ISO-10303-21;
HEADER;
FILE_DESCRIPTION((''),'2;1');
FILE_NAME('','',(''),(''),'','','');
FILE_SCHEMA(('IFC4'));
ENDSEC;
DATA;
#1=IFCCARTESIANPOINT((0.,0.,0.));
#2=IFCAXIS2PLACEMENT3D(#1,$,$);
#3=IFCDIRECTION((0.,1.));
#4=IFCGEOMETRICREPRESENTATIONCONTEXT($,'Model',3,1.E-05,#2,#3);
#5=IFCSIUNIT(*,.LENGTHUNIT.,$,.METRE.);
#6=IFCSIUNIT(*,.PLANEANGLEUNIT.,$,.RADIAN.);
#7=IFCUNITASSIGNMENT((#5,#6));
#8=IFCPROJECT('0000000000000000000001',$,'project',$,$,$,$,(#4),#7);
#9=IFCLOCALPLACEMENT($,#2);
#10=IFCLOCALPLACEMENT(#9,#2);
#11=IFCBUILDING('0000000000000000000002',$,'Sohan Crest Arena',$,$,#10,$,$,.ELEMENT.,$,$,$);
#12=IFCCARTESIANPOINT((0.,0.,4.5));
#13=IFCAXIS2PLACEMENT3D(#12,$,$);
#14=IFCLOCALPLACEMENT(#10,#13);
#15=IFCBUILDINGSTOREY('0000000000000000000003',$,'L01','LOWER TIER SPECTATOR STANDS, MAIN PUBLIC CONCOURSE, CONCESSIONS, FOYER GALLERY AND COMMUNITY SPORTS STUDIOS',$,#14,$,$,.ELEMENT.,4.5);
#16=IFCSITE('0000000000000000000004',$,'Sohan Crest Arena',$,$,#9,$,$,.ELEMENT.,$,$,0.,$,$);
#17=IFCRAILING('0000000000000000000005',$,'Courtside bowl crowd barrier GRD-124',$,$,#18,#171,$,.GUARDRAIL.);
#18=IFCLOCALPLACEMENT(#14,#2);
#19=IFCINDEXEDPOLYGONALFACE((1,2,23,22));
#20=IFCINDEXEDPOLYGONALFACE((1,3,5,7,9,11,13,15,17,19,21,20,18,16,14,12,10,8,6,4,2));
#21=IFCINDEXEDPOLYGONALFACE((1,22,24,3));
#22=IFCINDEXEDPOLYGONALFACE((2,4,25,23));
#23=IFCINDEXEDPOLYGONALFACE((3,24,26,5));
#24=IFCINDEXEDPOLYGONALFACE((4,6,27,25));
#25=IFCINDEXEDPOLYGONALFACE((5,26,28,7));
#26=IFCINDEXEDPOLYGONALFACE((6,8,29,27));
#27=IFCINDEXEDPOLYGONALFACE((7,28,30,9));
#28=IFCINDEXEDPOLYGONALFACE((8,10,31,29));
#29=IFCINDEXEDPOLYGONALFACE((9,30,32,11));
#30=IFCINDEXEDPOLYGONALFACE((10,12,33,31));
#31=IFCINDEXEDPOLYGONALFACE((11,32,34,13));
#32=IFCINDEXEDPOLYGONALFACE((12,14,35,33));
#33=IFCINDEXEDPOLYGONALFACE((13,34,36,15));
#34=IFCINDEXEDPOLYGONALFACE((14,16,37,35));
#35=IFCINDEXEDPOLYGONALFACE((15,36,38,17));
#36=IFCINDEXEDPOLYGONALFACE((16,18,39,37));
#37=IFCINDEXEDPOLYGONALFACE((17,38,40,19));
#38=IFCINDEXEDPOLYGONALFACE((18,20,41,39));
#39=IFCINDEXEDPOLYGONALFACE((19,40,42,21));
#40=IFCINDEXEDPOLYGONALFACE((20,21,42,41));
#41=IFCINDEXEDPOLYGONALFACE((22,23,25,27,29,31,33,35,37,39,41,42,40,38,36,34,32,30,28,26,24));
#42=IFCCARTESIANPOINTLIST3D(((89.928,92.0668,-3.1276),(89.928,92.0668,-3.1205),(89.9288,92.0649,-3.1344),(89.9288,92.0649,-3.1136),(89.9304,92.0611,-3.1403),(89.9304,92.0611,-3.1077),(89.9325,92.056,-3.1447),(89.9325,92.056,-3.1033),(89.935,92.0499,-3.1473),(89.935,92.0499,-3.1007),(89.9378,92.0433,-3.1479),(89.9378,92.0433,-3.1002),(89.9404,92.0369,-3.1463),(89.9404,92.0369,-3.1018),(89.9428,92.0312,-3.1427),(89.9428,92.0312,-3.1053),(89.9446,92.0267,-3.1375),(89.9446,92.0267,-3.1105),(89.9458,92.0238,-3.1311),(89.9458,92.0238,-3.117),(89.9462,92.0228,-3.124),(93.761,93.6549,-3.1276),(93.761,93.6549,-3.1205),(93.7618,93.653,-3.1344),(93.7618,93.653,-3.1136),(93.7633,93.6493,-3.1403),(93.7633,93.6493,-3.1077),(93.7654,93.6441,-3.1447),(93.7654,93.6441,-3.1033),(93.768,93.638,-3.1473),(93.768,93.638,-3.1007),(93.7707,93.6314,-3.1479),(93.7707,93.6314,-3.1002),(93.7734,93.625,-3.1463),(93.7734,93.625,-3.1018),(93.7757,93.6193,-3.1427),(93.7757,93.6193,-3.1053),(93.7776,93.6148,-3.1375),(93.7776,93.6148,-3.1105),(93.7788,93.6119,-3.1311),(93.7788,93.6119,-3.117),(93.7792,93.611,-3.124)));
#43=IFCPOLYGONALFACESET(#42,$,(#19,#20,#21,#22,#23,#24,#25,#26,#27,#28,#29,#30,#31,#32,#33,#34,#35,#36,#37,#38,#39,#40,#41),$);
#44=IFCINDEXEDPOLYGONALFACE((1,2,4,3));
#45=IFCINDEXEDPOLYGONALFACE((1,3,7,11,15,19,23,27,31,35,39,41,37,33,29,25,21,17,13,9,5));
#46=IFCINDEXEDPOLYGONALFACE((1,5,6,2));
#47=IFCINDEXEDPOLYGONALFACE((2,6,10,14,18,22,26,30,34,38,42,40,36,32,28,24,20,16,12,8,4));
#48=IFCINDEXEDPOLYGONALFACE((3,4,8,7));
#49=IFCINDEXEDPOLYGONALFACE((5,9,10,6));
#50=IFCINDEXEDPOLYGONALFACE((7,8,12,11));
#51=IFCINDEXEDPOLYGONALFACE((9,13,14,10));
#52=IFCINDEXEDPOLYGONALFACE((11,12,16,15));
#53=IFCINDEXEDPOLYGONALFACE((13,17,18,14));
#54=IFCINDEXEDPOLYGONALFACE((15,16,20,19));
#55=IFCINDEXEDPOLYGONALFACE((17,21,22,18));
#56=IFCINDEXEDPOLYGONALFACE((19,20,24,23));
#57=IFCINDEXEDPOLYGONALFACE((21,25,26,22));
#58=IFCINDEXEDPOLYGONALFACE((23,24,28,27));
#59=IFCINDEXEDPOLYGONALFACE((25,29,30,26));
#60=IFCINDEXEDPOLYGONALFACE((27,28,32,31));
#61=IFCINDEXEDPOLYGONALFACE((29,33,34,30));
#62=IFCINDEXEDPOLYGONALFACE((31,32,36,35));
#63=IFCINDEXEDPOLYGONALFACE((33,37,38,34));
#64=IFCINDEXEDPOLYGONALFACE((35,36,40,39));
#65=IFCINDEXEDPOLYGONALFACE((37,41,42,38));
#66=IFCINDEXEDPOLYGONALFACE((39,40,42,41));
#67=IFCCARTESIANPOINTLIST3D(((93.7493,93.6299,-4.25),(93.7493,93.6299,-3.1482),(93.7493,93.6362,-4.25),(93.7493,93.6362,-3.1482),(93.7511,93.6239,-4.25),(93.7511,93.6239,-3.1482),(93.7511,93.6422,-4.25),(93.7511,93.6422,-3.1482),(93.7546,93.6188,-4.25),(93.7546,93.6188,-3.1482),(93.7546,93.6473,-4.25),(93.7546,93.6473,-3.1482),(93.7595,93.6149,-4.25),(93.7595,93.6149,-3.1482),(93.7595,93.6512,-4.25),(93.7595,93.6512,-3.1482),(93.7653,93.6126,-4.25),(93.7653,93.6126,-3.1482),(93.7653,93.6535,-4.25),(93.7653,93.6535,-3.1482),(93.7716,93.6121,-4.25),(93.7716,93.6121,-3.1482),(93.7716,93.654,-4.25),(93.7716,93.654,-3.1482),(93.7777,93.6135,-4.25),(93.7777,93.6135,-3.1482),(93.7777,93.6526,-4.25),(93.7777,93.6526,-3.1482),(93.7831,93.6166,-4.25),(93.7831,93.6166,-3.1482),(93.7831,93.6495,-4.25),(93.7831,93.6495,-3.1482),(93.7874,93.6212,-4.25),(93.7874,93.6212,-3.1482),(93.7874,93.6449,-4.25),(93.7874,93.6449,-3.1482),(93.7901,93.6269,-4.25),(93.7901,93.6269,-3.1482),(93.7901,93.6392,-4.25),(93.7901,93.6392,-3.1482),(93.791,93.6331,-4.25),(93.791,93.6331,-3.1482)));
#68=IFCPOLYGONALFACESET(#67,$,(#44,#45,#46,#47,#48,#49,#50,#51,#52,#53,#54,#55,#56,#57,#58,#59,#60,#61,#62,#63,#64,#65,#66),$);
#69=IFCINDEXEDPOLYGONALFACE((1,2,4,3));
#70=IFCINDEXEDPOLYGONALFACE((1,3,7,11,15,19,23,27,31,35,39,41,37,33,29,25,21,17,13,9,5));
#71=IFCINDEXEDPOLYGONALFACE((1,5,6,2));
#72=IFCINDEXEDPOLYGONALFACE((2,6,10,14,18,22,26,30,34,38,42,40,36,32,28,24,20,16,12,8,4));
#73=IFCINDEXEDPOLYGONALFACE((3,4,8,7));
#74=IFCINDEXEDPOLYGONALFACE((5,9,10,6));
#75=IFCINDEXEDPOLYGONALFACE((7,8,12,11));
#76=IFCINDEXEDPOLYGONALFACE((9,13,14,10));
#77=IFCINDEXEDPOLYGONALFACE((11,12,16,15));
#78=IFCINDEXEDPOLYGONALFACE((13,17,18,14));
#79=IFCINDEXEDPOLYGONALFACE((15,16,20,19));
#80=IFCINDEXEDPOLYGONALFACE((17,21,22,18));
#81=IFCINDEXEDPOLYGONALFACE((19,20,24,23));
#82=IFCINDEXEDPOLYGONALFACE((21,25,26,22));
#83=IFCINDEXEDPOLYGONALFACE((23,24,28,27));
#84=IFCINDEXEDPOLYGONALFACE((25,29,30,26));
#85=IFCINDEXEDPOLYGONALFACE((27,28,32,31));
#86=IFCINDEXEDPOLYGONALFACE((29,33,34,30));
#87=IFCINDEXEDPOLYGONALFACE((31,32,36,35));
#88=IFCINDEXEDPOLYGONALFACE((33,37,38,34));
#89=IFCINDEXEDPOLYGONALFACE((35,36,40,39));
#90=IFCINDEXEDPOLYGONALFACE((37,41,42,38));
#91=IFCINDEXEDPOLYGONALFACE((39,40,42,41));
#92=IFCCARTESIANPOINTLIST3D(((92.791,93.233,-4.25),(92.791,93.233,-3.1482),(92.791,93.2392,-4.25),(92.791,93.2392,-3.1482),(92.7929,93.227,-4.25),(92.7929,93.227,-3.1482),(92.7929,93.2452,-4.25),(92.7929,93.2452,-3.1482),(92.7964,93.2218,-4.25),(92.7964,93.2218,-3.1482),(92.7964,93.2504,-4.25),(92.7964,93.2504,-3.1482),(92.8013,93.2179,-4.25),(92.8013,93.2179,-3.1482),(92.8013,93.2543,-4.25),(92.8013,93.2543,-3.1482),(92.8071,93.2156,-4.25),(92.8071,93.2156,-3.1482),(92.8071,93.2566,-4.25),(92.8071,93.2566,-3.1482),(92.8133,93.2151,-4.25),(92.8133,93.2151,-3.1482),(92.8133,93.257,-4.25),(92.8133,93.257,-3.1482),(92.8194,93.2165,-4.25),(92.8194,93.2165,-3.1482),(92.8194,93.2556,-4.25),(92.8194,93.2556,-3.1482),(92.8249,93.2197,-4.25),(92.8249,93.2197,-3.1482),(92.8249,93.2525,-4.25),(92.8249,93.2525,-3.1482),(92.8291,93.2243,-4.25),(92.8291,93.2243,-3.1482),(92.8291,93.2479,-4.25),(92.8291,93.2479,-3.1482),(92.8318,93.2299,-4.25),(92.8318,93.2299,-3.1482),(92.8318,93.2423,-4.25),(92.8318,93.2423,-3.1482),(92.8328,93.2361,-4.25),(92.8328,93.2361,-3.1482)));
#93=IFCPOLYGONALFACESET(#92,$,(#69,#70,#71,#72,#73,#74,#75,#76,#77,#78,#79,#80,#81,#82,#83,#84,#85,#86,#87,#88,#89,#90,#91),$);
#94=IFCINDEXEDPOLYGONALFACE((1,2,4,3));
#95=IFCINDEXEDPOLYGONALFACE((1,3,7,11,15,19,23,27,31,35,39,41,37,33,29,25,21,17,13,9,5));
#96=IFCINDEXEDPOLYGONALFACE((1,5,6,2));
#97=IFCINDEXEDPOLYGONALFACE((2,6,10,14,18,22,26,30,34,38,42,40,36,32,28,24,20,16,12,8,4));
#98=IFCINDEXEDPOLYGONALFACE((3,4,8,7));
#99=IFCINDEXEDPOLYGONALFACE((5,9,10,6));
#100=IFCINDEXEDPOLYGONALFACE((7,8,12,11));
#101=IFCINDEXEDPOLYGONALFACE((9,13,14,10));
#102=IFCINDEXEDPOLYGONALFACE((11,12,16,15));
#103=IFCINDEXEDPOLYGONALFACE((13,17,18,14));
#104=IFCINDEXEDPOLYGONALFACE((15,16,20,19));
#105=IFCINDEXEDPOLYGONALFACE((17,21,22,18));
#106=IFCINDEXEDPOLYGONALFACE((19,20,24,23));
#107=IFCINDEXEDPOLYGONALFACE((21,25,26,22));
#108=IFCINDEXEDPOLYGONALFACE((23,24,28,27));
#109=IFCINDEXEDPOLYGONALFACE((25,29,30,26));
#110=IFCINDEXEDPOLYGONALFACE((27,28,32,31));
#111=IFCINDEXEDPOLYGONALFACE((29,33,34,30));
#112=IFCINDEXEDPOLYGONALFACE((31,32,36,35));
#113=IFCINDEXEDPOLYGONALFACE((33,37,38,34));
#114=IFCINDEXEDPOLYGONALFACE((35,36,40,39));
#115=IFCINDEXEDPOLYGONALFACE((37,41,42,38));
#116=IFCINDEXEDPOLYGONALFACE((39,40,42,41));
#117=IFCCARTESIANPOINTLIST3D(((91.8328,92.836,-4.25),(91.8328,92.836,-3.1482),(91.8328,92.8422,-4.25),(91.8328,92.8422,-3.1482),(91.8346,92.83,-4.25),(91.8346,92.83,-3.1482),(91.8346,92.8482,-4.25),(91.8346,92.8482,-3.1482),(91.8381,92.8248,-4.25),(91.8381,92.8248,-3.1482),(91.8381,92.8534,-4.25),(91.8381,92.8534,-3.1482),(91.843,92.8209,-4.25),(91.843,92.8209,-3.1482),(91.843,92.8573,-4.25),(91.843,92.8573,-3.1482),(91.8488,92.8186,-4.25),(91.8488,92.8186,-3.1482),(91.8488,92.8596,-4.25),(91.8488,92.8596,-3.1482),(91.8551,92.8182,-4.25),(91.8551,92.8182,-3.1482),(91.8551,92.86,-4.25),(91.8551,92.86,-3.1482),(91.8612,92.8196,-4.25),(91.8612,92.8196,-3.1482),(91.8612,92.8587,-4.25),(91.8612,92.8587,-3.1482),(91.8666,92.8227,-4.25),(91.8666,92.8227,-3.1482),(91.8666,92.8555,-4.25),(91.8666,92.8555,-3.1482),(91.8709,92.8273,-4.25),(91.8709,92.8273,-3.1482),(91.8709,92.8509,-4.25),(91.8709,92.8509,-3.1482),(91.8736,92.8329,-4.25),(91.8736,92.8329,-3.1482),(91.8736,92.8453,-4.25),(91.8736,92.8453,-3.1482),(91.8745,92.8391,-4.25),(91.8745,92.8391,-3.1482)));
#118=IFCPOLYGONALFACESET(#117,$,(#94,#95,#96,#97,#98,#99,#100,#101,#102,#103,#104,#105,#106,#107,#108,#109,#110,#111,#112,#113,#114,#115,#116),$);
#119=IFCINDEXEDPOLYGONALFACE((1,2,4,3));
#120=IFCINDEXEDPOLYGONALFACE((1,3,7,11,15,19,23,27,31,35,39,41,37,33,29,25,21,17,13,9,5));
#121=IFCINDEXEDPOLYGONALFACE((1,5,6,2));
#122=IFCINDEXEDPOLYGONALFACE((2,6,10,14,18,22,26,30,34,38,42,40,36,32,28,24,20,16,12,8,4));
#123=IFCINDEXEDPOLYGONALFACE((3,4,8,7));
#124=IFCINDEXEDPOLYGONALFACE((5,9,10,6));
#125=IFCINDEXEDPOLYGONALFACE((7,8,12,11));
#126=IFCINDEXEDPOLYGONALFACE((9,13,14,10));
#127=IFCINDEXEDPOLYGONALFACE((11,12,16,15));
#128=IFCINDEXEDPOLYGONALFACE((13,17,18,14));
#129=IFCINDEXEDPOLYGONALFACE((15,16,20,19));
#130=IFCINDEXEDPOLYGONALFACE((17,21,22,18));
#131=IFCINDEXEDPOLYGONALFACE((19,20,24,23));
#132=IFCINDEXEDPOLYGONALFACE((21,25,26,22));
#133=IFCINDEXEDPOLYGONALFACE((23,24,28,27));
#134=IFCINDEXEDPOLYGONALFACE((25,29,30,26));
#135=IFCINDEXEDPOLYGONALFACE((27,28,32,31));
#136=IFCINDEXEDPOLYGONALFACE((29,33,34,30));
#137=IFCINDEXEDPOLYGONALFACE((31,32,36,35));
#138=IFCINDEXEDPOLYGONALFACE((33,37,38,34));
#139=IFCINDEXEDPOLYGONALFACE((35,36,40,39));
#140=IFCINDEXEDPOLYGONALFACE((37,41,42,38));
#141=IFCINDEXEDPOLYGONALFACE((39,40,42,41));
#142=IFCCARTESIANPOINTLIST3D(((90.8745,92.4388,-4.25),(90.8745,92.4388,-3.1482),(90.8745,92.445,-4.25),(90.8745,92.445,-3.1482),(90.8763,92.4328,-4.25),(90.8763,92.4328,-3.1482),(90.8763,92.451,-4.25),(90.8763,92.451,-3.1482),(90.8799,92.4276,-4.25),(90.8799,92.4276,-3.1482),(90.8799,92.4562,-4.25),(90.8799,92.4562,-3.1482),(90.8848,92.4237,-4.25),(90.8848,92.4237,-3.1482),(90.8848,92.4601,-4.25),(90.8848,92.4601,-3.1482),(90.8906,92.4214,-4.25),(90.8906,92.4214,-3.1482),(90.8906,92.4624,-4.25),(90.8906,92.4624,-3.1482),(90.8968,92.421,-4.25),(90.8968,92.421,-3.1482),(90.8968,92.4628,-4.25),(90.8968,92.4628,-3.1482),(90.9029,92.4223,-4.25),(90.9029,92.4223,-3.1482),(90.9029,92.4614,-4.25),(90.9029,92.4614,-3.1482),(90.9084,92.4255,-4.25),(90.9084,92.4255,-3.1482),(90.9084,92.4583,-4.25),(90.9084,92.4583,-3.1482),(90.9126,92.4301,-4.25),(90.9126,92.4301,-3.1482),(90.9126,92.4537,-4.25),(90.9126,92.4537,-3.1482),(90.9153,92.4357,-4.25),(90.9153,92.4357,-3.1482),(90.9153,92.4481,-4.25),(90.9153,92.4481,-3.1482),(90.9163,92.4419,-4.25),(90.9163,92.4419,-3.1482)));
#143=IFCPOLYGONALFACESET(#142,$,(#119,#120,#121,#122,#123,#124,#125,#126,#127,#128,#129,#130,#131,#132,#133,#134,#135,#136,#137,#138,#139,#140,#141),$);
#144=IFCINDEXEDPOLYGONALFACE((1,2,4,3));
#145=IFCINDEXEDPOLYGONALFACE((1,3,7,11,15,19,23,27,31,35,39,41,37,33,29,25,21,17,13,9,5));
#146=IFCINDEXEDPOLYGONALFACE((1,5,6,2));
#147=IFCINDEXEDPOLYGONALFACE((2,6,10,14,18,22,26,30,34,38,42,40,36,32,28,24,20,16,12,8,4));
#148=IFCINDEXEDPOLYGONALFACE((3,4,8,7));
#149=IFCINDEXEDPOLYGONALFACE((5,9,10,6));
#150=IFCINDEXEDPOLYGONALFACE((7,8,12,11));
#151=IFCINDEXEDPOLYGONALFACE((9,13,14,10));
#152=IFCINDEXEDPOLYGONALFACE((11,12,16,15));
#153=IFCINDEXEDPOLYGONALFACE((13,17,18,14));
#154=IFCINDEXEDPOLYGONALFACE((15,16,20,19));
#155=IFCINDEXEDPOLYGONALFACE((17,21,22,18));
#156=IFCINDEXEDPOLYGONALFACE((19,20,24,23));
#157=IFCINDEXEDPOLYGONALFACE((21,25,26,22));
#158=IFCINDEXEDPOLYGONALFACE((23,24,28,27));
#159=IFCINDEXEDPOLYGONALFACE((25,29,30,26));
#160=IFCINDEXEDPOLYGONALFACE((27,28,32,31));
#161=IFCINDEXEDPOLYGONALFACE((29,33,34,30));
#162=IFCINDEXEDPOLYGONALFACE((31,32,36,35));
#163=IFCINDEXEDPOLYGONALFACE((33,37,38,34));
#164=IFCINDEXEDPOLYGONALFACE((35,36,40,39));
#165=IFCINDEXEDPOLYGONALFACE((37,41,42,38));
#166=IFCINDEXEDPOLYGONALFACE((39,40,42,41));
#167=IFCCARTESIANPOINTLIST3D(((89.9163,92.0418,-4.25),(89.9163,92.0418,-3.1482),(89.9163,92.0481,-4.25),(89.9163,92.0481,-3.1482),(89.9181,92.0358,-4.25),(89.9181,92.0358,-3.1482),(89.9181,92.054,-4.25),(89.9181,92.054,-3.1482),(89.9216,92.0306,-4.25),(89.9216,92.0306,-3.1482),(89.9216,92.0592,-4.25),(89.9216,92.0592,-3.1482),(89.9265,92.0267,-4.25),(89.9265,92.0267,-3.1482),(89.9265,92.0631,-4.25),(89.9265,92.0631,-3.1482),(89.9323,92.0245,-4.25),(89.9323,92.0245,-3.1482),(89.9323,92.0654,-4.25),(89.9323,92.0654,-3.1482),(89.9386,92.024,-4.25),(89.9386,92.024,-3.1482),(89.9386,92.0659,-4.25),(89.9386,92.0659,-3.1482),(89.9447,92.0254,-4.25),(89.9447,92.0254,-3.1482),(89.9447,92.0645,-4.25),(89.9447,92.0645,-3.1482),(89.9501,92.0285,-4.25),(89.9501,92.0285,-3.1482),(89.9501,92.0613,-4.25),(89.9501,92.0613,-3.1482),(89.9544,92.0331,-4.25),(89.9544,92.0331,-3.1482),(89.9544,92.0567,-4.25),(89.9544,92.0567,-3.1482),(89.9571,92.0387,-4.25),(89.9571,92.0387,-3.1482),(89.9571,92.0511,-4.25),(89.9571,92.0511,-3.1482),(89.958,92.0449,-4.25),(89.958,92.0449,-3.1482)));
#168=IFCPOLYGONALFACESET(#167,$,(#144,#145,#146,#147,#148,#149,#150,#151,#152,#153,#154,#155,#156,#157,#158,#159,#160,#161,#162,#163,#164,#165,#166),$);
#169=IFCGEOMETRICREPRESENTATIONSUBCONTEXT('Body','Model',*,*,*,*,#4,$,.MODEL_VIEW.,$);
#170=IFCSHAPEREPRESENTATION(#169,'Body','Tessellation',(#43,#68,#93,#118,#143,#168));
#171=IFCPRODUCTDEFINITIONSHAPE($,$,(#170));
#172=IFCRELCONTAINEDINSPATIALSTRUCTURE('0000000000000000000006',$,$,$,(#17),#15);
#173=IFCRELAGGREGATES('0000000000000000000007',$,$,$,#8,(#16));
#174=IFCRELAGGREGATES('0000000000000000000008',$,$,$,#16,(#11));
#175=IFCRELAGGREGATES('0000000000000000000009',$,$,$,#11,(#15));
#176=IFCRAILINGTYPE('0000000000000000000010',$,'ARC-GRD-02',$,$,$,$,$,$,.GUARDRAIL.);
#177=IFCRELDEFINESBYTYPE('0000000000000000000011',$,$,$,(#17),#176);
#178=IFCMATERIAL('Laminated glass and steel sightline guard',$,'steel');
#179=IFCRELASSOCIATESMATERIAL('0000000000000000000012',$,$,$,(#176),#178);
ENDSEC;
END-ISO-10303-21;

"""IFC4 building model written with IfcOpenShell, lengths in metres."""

from ifc_helpers import new_model, si_unit, direction, frame, origin, origin_2d, place, context, subcontext, project, spatial, circle, extrude, material, type_object, element, save


model = new_model("IFC4")

# Units and contexts
model_context = context("Model", 3, precision=1e-05, world=origin(), true_north=direction((0.0, 1.0)))
body_context = subcontext(model_context, "Body", "Model", "MODEL_VIEW")
ifc_project = project(units=[si_unit("LENGTHUNIT", "METRE"), si_unit("PLANEANGLEUNIT", "RADIAN")], contexts=[model_context])

# Site, building, storey
site_placement = place(None, origin())
site = spatial("IfcSite", under=ifc_project, at=site_placement, Name="Sohan Crest Arena", CompositionType="ELEMENT", RefElevation=0.0)
building_placement = place(site_placement, origin())
building = spatial("IfcBuilding", under=site, at=building_placement, Name="Sohan Crest Arena", CompositionType="ELEMENT")
storey_placement = place(building_placement, frame((0.0, 0.0, 4.5)))
storey = spatial("IfcBuildingStorey", under=building, at=storey_placement, Name="L01", Description="LOWER TIER SPECTATOR STANDS, MAIN PUBLIC CONCOURSE, CONCESSIONS, FOYER GALLERY AND COMMUNITY SPORTS STUDIOS", CompositionType="ELEMENT", Elevation=4.5)

# Railing
ifc_material_1 = material(Name="Laminated glass and steel sightline guard", Category="steel")
railing_type = type_object("IfcRailingType", Name="ARC-GRD-02", PredefinedType="GUARDRAIL", material=ifc_material_1)
railing_1_placement = place(storey_placement, frame((93.77, 93.6331, -4.25)))
element("IfcRailing", 1, at=railing_1_placement, inside=storey, type_object=railing_type, Name="Courtside bowl crowd barrier GRD-124", PredefinedType="GUARDRAIL", context=body_context, shape_type="SweptSolid", body=[
    extrude(circle(Radius=0.0239, at=origin_2d()), frame((0.0, 0.0, 1.126), z_axis=(-0.923841, -0.382776, 0.0), x_axis=(0.382776, -0.923841, 0.0)), (0.0, 0.0, 1.0), 4.1489),
    extrude(circle(Radius=0.021, at=origin_2d()), origin(), (0.0, 0.0, 1.0), 1.1018),
    extrude(circle(Radius=0.021, at=origin_2d()), frame((-0.9583, -0.397, 0.0)), (0.0, 0.0, 1.0), 1.1018),
    extrude(circle(Radius=0.021, at=origin_2d()), frame((-1.9165, -0.7939, 0.0)), (0.0, 0.0, 1.0), 1.1018),
    extrude(circle(Radius=0.021, at=origin_2d()), frame((-2.8748, -1.1912, 0.0)), (0.0, 0.0, 1.0), 1.1018),
    extrude(circle(Radius=0.021, at=origin_2d()), frame((-3.833, -1.5881, 0.0)), (0.0, 0.0, 1.0), 1.1018),
])

save(model, "model.ifc")
